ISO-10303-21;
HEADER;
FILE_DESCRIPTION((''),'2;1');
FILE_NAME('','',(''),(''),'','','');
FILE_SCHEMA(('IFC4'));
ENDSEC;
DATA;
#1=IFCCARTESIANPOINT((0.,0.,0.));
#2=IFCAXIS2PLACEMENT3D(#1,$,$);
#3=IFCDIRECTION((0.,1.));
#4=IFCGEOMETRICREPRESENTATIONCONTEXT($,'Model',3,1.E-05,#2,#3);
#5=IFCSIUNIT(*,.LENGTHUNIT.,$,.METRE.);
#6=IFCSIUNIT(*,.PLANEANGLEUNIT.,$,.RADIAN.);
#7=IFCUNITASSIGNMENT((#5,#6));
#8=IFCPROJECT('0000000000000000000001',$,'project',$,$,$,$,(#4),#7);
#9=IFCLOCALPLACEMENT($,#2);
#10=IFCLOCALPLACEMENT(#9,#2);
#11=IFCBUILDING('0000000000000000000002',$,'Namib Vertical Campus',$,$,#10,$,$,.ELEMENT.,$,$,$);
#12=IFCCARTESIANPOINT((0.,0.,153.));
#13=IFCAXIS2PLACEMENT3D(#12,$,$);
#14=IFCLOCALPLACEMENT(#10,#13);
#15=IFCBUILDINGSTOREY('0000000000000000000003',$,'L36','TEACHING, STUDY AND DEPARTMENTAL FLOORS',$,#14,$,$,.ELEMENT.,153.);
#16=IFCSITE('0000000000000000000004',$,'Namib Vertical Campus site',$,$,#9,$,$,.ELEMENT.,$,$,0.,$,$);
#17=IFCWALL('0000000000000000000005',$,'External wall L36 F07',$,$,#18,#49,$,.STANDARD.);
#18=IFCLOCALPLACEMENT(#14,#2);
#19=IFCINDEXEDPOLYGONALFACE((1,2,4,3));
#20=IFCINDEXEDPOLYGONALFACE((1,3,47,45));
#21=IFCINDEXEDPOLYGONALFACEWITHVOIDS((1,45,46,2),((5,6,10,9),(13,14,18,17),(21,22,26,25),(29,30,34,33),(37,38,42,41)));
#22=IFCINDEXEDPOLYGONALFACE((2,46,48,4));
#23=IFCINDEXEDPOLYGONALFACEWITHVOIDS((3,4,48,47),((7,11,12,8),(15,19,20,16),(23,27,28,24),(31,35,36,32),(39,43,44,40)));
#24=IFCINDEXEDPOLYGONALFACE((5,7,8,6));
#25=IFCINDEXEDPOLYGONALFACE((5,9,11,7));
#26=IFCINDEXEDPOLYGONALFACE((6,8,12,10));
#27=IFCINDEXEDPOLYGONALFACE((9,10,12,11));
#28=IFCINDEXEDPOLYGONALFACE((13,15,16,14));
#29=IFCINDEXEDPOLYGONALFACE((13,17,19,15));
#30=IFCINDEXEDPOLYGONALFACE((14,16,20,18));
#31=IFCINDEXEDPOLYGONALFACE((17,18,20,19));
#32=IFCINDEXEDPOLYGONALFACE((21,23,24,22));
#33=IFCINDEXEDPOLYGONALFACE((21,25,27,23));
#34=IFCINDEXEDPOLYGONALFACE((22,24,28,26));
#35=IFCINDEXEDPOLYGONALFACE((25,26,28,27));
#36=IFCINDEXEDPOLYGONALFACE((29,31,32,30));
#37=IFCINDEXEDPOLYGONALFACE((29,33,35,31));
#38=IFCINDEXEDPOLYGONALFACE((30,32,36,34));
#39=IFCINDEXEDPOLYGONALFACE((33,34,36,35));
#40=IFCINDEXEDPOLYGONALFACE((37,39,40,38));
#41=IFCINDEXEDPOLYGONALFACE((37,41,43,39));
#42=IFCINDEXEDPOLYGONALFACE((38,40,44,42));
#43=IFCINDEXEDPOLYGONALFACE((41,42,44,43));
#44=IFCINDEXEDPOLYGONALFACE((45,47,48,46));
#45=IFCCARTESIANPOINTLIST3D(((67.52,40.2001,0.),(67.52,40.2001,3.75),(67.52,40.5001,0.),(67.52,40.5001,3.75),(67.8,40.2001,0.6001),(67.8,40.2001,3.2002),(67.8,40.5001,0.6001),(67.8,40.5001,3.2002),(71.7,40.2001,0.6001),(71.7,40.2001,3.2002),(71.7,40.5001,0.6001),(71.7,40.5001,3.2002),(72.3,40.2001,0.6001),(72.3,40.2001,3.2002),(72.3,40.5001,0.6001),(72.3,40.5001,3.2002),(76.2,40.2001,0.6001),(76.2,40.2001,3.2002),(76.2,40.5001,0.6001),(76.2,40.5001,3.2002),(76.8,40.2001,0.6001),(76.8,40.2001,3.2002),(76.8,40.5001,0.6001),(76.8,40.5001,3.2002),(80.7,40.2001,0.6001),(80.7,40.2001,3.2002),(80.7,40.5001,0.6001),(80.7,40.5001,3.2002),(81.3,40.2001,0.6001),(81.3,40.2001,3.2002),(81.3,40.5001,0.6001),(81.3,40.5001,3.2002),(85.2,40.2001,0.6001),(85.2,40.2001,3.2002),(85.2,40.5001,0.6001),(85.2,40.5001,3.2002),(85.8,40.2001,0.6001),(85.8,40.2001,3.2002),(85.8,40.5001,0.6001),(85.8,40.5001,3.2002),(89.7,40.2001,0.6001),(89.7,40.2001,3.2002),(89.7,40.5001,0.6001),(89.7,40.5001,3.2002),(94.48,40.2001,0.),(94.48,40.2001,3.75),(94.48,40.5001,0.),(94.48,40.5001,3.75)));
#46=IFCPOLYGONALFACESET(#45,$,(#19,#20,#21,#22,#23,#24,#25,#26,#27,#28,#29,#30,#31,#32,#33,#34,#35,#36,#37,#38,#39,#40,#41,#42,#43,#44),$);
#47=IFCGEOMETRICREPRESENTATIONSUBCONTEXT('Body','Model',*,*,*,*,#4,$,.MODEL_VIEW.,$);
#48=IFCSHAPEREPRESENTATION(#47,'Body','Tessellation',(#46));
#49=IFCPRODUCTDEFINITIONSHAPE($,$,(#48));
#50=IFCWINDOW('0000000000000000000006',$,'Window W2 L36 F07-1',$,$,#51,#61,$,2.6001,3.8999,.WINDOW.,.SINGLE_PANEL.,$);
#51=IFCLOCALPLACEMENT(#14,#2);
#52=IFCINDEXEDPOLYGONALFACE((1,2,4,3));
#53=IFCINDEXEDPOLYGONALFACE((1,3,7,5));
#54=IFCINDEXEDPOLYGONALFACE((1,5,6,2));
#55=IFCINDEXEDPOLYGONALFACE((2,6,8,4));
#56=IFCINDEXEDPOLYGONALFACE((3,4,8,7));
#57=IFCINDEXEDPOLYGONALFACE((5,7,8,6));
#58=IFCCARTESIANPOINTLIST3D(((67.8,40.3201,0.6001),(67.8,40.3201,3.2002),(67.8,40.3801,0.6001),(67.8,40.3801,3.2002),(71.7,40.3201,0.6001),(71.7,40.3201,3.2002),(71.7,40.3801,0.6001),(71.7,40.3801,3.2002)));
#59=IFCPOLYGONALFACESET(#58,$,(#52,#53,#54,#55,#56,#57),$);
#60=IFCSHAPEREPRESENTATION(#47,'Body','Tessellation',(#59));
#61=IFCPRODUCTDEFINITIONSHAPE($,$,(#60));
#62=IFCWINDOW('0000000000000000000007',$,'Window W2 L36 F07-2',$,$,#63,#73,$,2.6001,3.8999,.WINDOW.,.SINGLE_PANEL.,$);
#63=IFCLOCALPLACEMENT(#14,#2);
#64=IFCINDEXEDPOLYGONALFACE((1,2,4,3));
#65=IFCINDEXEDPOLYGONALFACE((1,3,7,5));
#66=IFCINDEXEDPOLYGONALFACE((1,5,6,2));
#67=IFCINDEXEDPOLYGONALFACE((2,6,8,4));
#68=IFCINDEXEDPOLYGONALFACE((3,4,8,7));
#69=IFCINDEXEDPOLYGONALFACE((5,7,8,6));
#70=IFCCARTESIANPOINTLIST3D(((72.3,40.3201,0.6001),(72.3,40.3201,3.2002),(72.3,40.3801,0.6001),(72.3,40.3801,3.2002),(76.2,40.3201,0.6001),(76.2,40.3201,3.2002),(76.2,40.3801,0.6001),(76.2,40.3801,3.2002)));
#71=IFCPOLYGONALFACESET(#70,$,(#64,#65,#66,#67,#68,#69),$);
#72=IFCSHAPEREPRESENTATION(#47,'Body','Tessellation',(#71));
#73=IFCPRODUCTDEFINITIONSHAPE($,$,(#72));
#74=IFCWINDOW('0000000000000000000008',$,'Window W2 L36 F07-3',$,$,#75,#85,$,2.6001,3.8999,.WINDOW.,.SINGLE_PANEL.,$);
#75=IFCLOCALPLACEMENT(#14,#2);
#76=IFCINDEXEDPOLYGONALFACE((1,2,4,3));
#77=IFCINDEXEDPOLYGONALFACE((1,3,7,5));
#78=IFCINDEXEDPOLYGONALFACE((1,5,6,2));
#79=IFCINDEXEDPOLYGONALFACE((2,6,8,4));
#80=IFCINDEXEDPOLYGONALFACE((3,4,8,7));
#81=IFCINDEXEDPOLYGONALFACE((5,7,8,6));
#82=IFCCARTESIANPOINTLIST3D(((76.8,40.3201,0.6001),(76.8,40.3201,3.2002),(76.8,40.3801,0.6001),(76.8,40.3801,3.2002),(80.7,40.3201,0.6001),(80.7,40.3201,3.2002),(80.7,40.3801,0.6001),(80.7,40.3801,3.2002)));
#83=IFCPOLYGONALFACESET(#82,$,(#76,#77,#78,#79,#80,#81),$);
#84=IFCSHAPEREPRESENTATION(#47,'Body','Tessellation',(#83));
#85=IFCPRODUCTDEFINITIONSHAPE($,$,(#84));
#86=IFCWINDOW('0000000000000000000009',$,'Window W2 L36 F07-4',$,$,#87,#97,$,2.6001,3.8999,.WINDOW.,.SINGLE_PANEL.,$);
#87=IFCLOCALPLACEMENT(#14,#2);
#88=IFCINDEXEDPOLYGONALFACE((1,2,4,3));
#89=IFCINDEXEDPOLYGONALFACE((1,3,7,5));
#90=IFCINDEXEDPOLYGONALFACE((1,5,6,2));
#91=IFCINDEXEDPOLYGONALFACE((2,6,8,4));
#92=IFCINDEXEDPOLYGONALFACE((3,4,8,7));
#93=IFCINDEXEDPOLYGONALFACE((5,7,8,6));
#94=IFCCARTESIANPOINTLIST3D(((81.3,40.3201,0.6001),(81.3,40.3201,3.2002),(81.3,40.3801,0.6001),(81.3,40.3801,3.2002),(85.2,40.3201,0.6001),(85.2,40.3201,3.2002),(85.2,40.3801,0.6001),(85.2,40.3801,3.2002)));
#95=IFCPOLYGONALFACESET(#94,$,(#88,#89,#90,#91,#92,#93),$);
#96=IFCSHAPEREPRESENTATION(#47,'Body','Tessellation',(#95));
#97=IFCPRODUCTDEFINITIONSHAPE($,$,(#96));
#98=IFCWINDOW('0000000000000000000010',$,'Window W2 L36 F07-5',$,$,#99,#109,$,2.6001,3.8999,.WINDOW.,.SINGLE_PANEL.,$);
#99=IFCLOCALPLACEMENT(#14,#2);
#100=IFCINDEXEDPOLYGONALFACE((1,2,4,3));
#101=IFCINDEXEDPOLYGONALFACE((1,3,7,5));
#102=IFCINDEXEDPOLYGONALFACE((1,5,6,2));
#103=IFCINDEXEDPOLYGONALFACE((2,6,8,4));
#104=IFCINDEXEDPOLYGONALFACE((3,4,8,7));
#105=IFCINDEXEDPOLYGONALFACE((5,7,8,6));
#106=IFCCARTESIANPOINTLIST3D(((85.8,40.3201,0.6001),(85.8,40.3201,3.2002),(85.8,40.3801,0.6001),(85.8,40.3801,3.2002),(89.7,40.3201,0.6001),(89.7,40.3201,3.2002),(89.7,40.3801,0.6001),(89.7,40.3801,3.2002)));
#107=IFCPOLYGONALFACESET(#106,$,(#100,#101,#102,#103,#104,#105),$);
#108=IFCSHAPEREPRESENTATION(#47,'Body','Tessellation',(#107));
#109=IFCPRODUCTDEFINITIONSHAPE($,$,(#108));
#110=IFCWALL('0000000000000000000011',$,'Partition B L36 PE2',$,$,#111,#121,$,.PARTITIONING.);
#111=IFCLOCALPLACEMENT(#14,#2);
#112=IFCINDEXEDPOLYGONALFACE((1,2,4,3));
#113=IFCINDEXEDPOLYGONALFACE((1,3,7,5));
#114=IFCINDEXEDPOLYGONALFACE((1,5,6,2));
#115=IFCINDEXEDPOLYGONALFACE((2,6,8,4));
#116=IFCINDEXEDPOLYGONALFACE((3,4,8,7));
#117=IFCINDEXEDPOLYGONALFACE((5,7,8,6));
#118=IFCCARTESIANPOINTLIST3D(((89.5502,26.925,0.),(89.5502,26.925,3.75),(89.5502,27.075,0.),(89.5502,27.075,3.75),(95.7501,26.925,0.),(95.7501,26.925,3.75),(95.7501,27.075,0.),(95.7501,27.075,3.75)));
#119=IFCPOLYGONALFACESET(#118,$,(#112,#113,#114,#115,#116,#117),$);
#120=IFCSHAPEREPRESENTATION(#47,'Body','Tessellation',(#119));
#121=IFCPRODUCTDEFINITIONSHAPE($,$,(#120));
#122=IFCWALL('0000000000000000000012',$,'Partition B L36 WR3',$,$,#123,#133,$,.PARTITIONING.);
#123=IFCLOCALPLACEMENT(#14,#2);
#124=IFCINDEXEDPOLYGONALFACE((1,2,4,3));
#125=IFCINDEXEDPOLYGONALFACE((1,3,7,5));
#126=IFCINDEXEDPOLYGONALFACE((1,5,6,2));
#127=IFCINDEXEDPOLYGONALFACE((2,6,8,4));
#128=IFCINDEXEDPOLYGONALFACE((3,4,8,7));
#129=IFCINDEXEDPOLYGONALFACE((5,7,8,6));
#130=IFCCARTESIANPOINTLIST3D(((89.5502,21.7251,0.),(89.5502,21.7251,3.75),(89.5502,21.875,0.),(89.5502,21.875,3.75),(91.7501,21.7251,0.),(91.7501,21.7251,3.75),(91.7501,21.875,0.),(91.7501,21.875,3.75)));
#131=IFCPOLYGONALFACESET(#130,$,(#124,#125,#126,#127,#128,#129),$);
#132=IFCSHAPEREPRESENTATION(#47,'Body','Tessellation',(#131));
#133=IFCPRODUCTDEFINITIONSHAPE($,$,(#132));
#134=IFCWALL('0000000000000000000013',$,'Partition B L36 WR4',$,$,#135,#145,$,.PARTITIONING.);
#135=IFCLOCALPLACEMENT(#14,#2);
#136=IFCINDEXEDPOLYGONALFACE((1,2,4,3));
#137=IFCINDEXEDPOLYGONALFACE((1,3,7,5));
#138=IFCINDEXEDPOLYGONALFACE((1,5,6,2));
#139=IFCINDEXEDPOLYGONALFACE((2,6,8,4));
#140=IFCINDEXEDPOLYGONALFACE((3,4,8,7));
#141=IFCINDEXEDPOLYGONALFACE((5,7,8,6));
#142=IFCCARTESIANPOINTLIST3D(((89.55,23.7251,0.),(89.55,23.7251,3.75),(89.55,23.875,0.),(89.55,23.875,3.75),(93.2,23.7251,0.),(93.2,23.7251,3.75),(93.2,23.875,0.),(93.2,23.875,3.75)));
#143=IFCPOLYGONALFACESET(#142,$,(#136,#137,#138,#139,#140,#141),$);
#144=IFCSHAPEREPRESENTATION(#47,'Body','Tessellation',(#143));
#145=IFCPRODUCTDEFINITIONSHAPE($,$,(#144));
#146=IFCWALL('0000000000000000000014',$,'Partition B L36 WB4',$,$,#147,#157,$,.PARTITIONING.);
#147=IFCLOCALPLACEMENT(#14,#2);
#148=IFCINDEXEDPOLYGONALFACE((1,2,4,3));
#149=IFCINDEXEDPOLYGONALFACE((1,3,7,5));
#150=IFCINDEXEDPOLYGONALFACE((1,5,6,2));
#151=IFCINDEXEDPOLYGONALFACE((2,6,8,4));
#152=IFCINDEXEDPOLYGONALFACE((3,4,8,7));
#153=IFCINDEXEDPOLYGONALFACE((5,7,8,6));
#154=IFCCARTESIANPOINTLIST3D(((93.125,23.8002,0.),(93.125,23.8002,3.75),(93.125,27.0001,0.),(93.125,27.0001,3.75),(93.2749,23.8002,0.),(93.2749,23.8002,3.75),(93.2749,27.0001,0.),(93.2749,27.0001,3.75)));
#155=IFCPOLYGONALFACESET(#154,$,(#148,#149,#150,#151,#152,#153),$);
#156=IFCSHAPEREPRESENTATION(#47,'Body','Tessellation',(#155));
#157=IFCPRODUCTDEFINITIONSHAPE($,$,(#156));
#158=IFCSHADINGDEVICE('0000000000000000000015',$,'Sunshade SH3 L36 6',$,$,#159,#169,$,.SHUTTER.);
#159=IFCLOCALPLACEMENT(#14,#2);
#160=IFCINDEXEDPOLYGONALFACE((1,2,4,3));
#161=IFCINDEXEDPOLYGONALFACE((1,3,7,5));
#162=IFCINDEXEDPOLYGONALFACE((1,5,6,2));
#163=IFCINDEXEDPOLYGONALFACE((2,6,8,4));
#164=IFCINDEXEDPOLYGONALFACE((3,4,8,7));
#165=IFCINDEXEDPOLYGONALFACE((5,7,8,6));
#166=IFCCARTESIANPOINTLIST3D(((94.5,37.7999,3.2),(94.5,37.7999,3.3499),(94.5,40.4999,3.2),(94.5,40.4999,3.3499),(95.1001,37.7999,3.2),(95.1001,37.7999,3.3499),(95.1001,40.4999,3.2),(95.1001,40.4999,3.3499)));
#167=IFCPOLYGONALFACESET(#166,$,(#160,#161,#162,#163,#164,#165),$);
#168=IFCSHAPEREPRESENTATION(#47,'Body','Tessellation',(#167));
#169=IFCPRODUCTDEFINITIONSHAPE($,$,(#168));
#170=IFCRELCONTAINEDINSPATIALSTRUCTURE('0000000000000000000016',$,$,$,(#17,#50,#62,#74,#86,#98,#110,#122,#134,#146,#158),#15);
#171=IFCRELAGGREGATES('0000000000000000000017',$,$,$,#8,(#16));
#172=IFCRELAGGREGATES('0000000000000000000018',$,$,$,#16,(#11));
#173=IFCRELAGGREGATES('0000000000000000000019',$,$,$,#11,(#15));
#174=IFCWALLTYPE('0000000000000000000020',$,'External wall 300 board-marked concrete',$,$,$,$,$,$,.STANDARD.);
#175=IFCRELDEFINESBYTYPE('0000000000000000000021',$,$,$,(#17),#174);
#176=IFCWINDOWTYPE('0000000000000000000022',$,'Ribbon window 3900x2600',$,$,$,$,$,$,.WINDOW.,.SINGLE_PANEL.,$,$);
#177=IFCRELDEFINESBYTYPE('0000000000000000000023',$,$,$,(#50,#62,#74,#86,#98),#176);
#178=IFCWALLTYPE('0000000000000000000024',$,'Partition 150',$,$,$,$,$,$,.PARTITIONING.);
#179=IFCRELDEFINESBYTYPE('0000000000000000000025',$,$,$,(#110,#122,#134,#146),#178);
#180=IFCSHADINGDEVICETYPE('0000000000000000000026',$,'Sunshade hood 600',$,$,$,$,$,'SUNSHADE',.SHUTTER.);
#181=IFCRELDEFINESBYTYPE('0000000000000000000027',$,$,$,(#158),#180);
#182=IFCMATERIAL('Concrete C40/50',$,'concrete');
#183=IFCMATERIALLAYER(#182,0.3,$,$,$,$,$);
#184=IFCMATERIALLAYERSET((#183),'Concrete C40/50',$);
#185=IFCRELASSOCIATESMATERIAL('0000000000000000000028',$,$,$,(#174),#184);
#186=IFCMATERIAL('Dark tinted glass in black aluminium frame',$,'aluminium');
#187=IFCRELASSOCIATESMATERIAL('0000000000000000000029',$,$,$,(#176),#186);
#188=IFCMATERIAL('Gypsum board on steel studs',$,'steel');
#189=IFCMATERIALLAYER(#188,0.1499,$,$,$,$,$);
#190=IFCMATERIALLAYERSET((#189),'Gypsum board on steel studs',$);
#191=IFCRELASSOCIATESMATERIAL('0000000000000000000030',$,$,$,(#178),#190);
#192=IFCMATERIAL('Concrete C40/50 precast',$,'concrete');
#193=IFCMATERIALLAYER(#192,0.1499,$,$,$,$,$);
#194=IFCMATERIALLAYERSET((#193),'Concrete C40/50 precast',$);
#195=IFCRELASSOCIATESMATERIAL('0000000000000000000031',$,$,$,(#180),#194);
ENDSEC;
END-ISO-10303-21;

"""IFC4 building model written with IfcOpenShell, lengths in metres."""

from ifc_helpers import new_model, si_unit, direction, frame, frame_2d, origin, origin_2d, place, context, subcontext, project, spatial, rectangle, extrude, material, layer, layer_set, type_object, element, fill, save


model = new_model("IFC4")

# Units and contexts
model_context = context("Model", 3, precision=1e-05, world=origin(), true_north=direction((0.0, 1.0)))
body_context = subcontext(model_context, "Body", "Model", "MODEL_VIEW")
ifc_project = project(units=[si_unit("LENGTHUNIT", "METRE"), si_unit("PLANEANGLEUNIT", "RADIAN")], contexts=[model_context])

# Site, building, storey
site_placement = place(None, origin())
site = spatial("IfcSite", under=ifc_project, at=site_placement, Name="Namib Vertical Campus site", CompositionType="ELEMENT", RefElevation=0.0)
building_placement = place(site_placement, origin())
building = spatial("IfcBuilding", under=site, at=building_placement, Name="Namib Vertical Campus", CompositionType="ELEMENT")
storey_placement = place(building_placement, frame((0.0, 0.0, 153.0)))
storey = spatial("IfcBuildingStorey", under=building, at=storey_placement, Name="L36", Description="TEACHING, STUDY AND DEPARTMENTAL FLOORS", CompositionType="ELEMENT", Elevation=153.0)

# Shared definitions
ifc_material_1 = material(Name="Concrete C40/50", Category="concrete")
ifc_layer_1 = layer(ifc_material_1, 0.3)
ifc_layer_set_1 = layer_set([ifc_layer_1], Name="Concrete C40/50")
wall_type_1 = type_object("IfcWallType", Name="External wall 300 board-marked concrete", PredefinedType="STANDARD", material=ifc_layer_set_1)

# Wall, openings, windows
wall_1_placement = place(storey_placement, frame((94.48, 40.3501, 0.0), z_axis=(0.0, 0.0, 1.0), x_axis=(-1.0, 0.0, 0.0)))
wall_1 = element("IfcWall", 1, at=wall_1_placement, inside=storey, type_object=wall_type_1, Name="External wall L36 F07", PredefinedType="STANDARD", context=body_context, shape_type="SweptSolid", body=[
    extrude(rectangle(XDim=26.96, YDim=0.3, at=frame_2d((13.48, 0.0))), origin(), (0.0, 0.0, 1.0), 3.75),
])
opening_1_placement = place(wall_1_placement, frame((22.78, 0.0, 0.6001)))
opening_1 = element("IfcOpeningElement", 2, at=opening_1_placement, cuts=wall_1, PredefinedType="OPENING", context=body_context, shape_type="SweptSolid", body=[
    extrude(rectangle(XDim=3.8999, YDim=2.6001, at=frame_2d((1.95, 1.3))), frame((0.0, 0.1599, 0.0), z_axis=(0.0, -1.0, 0.0), x_axis=(1.0, 0.0, 0.0)), (0.0, 0.0, 1.0), 0.3201),
])
opening_2_placement = place(wall_1_placement, frame((18.28, 0.0, 0.6001)))
opening_2 = element("IfcOpeningElement", 3, at=opening_2_placement, cuts=wall_1, PredefinedType="OPENING", context=body_context, shape_type="SweptSolid", body=[
    extrude(rectangle(XDim=3.8999, YDim=2.6001, at=frame_2d((1.95, 1.3))), frame((0.0, 0.1599, 0.0), z_axis=(0.0, -1.0, 0.0), x_axis=(1.0, 0.0, 0.0)), (0.0, 0.0, 1.0), 0.3201),
])
opening_3_placement = place(wall_1_placement, frame((13.78, 0.0, 0.6001)))
opening_3 = element("IfcOpeningElement", 4, at=opening_3_placement, cuts=wall_1, PredefinedType="OPENING", context=body_context, shape_type="SweptSolid", body=[
    extrude(rectangle(XDim=3.8999, YDim=2.6001, at=frame_2d((1.95, 1.3))), frame((0.0, 0.1599, 0.0), z_axis=(0.0, -1.0, 0.0), x_axis=(1.0, 0.0, 0.0)), (0.0, 0.0, 1.0), 0.3201),
])
opening_4_placement = place(wall_1_placement, frame((9.28, 0.0, 0.6001)))
opening_4 = element("IfcOpeningElement", 5, at=opening_4_placement, cuts=wall_1, PredefinedType="OPENING", context=body_context, shape_type="SweptSolid", body=[
    extrude(rectangle(XDim=3.8999, YDim=2.6001, at=frame_2d((1.95, 1.3))), frame((0.0, 0.1599, 0.0), z_axis=(0.0, -1.0, 0.0), x_axis=(1.0, 0.0, 0.0)), (0.0, 0.0, 1.0), 0.3201),
])
opening_5_placement = place(wall_1_placement, frame((4.78, 0.0, 0.6001)))
opening_5 = element("IfcOpeningElement", 6, at=opening_5_placement, cuts=wall_1, PredefinedType="OPENING", context=body_context, shape_type="SweptSolid", body=[
    extrude(rectangle(XDim=3.8999, YDim=2.6001, at=frame_2d((1.95, 1.3))), frame((0.0, 0.1599, 0.0), z_axis=(0.0, -1.0, 0.0), x_axis=(1.0, 0.0, 0.0)), (0.0, 0.0, 1.0), 0.3201),
])
ifc_material_2 = material(Name="Dark tinted glass in black aluminium frame", Category="aluminium")
window_type = type_object("IfcWindowType", Name="Ribbon window 3900x2600", PartitioningType="SINGLE_PANEL", PredefinedType="WINDOW", material=ifc_material_2)
window_1_placement = place(opening_1_placement, origin())
window_1 = element("IfcWindow", 7, at=window_1_placement, inside=storey, type_object=window_type, Name="Window W2 L36 F07-1", OverallHeight=2.6001, OverallWidth=3.8999, PartitioningType="SINGLE_PANEL", PredefinedType="WINDOW", context=body_context, shape_type="SweptSolid", body=[
    extrude(rectangle(XDim=3.8999, YDim=2.6001, at=frame_2d((1.95, 1.3))), frame((0.0, 0.03, 0.0), z_axis=(0.0, -1.0, 0.0), x_axis=(1.0, 0.0, 0.0)), (0.0, 0.0, 1.0), 0.0601),
])
fill(opening_1, window_1)
window_2_placement = place(opening_2_placement, origin())
window_2 = element("IfcWindow", 8, at=window_2_placement, inside=storey, type_object=window_type, Name="Window W2 L36 F07-2", OverallHeight=2.6001, OverallWidth=3.8999, PartitioningType="SINGLE_PANEL", PredefinedType="WINDOW", context=body_context, shape_type="SweptSolid", body=[
    extrude(rectangle(XDim=3.8999, YDim=2.6001, at=frame_2d((1.95, 1.3))), frame((0.0, 0.03, 0.0), z_axis=(0.0, -1.0, 0.0), x_axis=(1.0, 0.0, 0.0)), (0.0, 0.0, 1.0), 0.0601),
])
fill(opening_2, window_2)
window_3_placement = place(opening_3_placement, origin())
window_3 = element("IfcWindow", 9, at=window_3_placement, inside=storey, type_object=window_type, Name="Window W2 L36 F07-3", OverallHeight=2.6001, OverallWidth=3.8999, PartitioningType="SINGLE_PANEL", PredefinedType="WINDOW", context=body_context, shape_type="SweptSolid", body=[
    extrude(rectangle(XDim=3.8999, YDim=2.6001, at=frame_2d((1.95, 1.3))), frame((0.0, 0.03, 0.0), z_axis=(0.0, -1.0, 0.0), x_axis=(1.0, 0.0, 0.0)), (0.0, 0.0, 1.0), 0.0601),
])
fill(opening_3, window_3)
window_4_placement = place(opening_4_placement, origin())
window_4 = element("IfcWindow", 10, at=window_4_placement, inside=storey, type_object=window_type, Name="Window W2 L36 F07-4", OverallHeight=2.6001, OverallWidth=3.8999, PartitioningType="SINGLE_PANEL", PredefinedType="WINDOW", context=body_context, shape_type="SweptSolid", body=[
    extrude(rectangle(XDim=3.8999, YDim=2.6001, at=frame_2d((1.95, 1.3))), frame((0.0, 0.03, 0.0), z_axis=(0.0, -1.0, 0.0), x_axis=(1.0, 0.0, 0.0)), (0.0, 0.0, 1.0), 0.0601),
])
fill(opening_4, window_4)
window_5_placement = place(opening_5_placement, origin())
window_5 = element("IfcWindow", 11, at=window_5_placement, inside=storey, type_object=window_type, Name="Window W2 L36 F07-5", OverallHeight=2.6001, OverallWidth=3.8999, PartitioningType="SINGLE_PANEL", PredefinedType="WINDOW", context=body_context, shape_type="SweptSolid", body=[
    extrude(rectangle(XDim=3.8999, YDim=2.6001, at=frame_2d((1.95, 1.3))), frame((0.0, 0.03, 0.0), z_axis=(0.0, -1.0, 0.0), x_axis=(1.0, 0.0, 0.0)), (0.0, 0.0, 1.0), 0.0601),
])
fill(opening_5, window_5)

# Walls
ifc_material_3 = material(Name="Gypsum board on steel studs", Category="steel")
ifc_layer_2 = layer(ifc_material_3, 0.1499)
ifc_layer_set_2 = layer_set([ifc_layer_2], Name="Gypsum board on steel studs")
wall_type_2 = type_object("IfcWallType", Name="Partition 150", PredefinedType="PARTITIONING", material=ifc_layer_set_2)
wall_2_placement = place(storey_placement, frame((89.55, 27.0, 0.0), z_axis=(0.0, 0.0, 1.0), x_axis=(1.0, 0.0, 0.0)))
element("IfcWall", 12, at=wall_2_placement, inside=storey, type_object=wall_type_2, Name="Partition B L36 PE2", PredefinedType="PARTITIONING", context=body_context, shape_type="SweptSolid", body=[
    extrude(rectangle(XDim=6.2, YDim=0.1499, at=frame_2d((3.1001, 0.0))), origin(), (0.0, 0.0, 1.0), 3.75),
])
wall_3_placement = place(storey_placement, frame((89.55, 21.8, 0.0), z_axis=(0.0, 0.0, 1.0), x_axis=(1.0, 0.0, 0.0)))
element("IfcWall", 13, at=wall_3_placement, inside=storey, type_object=wall_type_2, Name="Partition B L36 WR3", PredefinedType="PARTITIONING", context=body_context, shape_type="SweptSolid", body=[
    extrude(rectangle(XDim=2.2, YDim=0.1499, at=frame_2d((1.1001, 0.0))), origin(), (0.0, 0.0, 1.0), 3.75),
])
wall_4_placement = place(storey_placement, frame((89.55, 23.8, 0.0), z_axis=(0.0, 0.0, 1.0), x_axis=(1.0, 0.0, 0.0)))
element("IfcWall", 14, at=wall_4_placement, inside=storey, type_object=wall_type_2, Name="Partition B L36 WR4", PredefinedType="PARTITIONING", context=body_context, shape_type="SweptSolid", body=[
    extrude(rectangle(XDim=3.6499, YDim=0.1499, at=frame_2d((1.825, 0.0))), origin(), (0.0, 0.0, 1.0), 3.75),
])
wall_5_placement = place(storey_placement, frame((93.2, 23.8, 0.0), z_axis=(0.0, 0.0, 1.0), x_axis=(0.0, 1.0, 0.0)))
element("IfcWall", 15, at=wall_5_placement, inside=storey, type_object=wall_type_2, Name="Partition B L36 WB4", PredefinedType="PARTITIONING", context=body_context, shape_type="SweptSolid", body=[
    extrude(rectangle(XDim=3.2, YDim=0.1499, at=frame_2d((1.6001, 0.0))), origin(), (0.0, 0.0, 1.0), 3.75),
])

# Shading device
ifc_material_4 = material(Name="Concrete C40/50 precast", Category="concrete")
ifc_layer_3 = layer(ifc_material_4, 0.1499)
ifc_layer_set_3 = layer_set([ifc_layer_3], Name="Concrete C40/50 precast")
shading_device_type = type_object("IfcShadingDeviceType", Name="Sunshade hood 600", ElementType="SUNSHADE", PredefinedType="SHUTTER", material=ifc_layer_set_3)
shading_device_placement = place(storey_placement, frame((94.8, 39.1499, 3.2), z_axis=(0.0, 0.0, 1.0), x_axis=(0.0, 1.0, 0.0)))
element("IfcShadingDevice", 16, at=shading_device_placement, inside=storey, type_object=shading_device_type, Name="Sunshade SH3 L36 6", PredefinedType="SHUTTER", context=body_context, shape_type="SweptSolid", body=[
    extrude(rectangle(XDim=2.7, YDim=0.6001, at=origin_2d()), origin(), (0.0, 0.0, 1.0), 0.1499),
])

save(model, "model.ifc")
